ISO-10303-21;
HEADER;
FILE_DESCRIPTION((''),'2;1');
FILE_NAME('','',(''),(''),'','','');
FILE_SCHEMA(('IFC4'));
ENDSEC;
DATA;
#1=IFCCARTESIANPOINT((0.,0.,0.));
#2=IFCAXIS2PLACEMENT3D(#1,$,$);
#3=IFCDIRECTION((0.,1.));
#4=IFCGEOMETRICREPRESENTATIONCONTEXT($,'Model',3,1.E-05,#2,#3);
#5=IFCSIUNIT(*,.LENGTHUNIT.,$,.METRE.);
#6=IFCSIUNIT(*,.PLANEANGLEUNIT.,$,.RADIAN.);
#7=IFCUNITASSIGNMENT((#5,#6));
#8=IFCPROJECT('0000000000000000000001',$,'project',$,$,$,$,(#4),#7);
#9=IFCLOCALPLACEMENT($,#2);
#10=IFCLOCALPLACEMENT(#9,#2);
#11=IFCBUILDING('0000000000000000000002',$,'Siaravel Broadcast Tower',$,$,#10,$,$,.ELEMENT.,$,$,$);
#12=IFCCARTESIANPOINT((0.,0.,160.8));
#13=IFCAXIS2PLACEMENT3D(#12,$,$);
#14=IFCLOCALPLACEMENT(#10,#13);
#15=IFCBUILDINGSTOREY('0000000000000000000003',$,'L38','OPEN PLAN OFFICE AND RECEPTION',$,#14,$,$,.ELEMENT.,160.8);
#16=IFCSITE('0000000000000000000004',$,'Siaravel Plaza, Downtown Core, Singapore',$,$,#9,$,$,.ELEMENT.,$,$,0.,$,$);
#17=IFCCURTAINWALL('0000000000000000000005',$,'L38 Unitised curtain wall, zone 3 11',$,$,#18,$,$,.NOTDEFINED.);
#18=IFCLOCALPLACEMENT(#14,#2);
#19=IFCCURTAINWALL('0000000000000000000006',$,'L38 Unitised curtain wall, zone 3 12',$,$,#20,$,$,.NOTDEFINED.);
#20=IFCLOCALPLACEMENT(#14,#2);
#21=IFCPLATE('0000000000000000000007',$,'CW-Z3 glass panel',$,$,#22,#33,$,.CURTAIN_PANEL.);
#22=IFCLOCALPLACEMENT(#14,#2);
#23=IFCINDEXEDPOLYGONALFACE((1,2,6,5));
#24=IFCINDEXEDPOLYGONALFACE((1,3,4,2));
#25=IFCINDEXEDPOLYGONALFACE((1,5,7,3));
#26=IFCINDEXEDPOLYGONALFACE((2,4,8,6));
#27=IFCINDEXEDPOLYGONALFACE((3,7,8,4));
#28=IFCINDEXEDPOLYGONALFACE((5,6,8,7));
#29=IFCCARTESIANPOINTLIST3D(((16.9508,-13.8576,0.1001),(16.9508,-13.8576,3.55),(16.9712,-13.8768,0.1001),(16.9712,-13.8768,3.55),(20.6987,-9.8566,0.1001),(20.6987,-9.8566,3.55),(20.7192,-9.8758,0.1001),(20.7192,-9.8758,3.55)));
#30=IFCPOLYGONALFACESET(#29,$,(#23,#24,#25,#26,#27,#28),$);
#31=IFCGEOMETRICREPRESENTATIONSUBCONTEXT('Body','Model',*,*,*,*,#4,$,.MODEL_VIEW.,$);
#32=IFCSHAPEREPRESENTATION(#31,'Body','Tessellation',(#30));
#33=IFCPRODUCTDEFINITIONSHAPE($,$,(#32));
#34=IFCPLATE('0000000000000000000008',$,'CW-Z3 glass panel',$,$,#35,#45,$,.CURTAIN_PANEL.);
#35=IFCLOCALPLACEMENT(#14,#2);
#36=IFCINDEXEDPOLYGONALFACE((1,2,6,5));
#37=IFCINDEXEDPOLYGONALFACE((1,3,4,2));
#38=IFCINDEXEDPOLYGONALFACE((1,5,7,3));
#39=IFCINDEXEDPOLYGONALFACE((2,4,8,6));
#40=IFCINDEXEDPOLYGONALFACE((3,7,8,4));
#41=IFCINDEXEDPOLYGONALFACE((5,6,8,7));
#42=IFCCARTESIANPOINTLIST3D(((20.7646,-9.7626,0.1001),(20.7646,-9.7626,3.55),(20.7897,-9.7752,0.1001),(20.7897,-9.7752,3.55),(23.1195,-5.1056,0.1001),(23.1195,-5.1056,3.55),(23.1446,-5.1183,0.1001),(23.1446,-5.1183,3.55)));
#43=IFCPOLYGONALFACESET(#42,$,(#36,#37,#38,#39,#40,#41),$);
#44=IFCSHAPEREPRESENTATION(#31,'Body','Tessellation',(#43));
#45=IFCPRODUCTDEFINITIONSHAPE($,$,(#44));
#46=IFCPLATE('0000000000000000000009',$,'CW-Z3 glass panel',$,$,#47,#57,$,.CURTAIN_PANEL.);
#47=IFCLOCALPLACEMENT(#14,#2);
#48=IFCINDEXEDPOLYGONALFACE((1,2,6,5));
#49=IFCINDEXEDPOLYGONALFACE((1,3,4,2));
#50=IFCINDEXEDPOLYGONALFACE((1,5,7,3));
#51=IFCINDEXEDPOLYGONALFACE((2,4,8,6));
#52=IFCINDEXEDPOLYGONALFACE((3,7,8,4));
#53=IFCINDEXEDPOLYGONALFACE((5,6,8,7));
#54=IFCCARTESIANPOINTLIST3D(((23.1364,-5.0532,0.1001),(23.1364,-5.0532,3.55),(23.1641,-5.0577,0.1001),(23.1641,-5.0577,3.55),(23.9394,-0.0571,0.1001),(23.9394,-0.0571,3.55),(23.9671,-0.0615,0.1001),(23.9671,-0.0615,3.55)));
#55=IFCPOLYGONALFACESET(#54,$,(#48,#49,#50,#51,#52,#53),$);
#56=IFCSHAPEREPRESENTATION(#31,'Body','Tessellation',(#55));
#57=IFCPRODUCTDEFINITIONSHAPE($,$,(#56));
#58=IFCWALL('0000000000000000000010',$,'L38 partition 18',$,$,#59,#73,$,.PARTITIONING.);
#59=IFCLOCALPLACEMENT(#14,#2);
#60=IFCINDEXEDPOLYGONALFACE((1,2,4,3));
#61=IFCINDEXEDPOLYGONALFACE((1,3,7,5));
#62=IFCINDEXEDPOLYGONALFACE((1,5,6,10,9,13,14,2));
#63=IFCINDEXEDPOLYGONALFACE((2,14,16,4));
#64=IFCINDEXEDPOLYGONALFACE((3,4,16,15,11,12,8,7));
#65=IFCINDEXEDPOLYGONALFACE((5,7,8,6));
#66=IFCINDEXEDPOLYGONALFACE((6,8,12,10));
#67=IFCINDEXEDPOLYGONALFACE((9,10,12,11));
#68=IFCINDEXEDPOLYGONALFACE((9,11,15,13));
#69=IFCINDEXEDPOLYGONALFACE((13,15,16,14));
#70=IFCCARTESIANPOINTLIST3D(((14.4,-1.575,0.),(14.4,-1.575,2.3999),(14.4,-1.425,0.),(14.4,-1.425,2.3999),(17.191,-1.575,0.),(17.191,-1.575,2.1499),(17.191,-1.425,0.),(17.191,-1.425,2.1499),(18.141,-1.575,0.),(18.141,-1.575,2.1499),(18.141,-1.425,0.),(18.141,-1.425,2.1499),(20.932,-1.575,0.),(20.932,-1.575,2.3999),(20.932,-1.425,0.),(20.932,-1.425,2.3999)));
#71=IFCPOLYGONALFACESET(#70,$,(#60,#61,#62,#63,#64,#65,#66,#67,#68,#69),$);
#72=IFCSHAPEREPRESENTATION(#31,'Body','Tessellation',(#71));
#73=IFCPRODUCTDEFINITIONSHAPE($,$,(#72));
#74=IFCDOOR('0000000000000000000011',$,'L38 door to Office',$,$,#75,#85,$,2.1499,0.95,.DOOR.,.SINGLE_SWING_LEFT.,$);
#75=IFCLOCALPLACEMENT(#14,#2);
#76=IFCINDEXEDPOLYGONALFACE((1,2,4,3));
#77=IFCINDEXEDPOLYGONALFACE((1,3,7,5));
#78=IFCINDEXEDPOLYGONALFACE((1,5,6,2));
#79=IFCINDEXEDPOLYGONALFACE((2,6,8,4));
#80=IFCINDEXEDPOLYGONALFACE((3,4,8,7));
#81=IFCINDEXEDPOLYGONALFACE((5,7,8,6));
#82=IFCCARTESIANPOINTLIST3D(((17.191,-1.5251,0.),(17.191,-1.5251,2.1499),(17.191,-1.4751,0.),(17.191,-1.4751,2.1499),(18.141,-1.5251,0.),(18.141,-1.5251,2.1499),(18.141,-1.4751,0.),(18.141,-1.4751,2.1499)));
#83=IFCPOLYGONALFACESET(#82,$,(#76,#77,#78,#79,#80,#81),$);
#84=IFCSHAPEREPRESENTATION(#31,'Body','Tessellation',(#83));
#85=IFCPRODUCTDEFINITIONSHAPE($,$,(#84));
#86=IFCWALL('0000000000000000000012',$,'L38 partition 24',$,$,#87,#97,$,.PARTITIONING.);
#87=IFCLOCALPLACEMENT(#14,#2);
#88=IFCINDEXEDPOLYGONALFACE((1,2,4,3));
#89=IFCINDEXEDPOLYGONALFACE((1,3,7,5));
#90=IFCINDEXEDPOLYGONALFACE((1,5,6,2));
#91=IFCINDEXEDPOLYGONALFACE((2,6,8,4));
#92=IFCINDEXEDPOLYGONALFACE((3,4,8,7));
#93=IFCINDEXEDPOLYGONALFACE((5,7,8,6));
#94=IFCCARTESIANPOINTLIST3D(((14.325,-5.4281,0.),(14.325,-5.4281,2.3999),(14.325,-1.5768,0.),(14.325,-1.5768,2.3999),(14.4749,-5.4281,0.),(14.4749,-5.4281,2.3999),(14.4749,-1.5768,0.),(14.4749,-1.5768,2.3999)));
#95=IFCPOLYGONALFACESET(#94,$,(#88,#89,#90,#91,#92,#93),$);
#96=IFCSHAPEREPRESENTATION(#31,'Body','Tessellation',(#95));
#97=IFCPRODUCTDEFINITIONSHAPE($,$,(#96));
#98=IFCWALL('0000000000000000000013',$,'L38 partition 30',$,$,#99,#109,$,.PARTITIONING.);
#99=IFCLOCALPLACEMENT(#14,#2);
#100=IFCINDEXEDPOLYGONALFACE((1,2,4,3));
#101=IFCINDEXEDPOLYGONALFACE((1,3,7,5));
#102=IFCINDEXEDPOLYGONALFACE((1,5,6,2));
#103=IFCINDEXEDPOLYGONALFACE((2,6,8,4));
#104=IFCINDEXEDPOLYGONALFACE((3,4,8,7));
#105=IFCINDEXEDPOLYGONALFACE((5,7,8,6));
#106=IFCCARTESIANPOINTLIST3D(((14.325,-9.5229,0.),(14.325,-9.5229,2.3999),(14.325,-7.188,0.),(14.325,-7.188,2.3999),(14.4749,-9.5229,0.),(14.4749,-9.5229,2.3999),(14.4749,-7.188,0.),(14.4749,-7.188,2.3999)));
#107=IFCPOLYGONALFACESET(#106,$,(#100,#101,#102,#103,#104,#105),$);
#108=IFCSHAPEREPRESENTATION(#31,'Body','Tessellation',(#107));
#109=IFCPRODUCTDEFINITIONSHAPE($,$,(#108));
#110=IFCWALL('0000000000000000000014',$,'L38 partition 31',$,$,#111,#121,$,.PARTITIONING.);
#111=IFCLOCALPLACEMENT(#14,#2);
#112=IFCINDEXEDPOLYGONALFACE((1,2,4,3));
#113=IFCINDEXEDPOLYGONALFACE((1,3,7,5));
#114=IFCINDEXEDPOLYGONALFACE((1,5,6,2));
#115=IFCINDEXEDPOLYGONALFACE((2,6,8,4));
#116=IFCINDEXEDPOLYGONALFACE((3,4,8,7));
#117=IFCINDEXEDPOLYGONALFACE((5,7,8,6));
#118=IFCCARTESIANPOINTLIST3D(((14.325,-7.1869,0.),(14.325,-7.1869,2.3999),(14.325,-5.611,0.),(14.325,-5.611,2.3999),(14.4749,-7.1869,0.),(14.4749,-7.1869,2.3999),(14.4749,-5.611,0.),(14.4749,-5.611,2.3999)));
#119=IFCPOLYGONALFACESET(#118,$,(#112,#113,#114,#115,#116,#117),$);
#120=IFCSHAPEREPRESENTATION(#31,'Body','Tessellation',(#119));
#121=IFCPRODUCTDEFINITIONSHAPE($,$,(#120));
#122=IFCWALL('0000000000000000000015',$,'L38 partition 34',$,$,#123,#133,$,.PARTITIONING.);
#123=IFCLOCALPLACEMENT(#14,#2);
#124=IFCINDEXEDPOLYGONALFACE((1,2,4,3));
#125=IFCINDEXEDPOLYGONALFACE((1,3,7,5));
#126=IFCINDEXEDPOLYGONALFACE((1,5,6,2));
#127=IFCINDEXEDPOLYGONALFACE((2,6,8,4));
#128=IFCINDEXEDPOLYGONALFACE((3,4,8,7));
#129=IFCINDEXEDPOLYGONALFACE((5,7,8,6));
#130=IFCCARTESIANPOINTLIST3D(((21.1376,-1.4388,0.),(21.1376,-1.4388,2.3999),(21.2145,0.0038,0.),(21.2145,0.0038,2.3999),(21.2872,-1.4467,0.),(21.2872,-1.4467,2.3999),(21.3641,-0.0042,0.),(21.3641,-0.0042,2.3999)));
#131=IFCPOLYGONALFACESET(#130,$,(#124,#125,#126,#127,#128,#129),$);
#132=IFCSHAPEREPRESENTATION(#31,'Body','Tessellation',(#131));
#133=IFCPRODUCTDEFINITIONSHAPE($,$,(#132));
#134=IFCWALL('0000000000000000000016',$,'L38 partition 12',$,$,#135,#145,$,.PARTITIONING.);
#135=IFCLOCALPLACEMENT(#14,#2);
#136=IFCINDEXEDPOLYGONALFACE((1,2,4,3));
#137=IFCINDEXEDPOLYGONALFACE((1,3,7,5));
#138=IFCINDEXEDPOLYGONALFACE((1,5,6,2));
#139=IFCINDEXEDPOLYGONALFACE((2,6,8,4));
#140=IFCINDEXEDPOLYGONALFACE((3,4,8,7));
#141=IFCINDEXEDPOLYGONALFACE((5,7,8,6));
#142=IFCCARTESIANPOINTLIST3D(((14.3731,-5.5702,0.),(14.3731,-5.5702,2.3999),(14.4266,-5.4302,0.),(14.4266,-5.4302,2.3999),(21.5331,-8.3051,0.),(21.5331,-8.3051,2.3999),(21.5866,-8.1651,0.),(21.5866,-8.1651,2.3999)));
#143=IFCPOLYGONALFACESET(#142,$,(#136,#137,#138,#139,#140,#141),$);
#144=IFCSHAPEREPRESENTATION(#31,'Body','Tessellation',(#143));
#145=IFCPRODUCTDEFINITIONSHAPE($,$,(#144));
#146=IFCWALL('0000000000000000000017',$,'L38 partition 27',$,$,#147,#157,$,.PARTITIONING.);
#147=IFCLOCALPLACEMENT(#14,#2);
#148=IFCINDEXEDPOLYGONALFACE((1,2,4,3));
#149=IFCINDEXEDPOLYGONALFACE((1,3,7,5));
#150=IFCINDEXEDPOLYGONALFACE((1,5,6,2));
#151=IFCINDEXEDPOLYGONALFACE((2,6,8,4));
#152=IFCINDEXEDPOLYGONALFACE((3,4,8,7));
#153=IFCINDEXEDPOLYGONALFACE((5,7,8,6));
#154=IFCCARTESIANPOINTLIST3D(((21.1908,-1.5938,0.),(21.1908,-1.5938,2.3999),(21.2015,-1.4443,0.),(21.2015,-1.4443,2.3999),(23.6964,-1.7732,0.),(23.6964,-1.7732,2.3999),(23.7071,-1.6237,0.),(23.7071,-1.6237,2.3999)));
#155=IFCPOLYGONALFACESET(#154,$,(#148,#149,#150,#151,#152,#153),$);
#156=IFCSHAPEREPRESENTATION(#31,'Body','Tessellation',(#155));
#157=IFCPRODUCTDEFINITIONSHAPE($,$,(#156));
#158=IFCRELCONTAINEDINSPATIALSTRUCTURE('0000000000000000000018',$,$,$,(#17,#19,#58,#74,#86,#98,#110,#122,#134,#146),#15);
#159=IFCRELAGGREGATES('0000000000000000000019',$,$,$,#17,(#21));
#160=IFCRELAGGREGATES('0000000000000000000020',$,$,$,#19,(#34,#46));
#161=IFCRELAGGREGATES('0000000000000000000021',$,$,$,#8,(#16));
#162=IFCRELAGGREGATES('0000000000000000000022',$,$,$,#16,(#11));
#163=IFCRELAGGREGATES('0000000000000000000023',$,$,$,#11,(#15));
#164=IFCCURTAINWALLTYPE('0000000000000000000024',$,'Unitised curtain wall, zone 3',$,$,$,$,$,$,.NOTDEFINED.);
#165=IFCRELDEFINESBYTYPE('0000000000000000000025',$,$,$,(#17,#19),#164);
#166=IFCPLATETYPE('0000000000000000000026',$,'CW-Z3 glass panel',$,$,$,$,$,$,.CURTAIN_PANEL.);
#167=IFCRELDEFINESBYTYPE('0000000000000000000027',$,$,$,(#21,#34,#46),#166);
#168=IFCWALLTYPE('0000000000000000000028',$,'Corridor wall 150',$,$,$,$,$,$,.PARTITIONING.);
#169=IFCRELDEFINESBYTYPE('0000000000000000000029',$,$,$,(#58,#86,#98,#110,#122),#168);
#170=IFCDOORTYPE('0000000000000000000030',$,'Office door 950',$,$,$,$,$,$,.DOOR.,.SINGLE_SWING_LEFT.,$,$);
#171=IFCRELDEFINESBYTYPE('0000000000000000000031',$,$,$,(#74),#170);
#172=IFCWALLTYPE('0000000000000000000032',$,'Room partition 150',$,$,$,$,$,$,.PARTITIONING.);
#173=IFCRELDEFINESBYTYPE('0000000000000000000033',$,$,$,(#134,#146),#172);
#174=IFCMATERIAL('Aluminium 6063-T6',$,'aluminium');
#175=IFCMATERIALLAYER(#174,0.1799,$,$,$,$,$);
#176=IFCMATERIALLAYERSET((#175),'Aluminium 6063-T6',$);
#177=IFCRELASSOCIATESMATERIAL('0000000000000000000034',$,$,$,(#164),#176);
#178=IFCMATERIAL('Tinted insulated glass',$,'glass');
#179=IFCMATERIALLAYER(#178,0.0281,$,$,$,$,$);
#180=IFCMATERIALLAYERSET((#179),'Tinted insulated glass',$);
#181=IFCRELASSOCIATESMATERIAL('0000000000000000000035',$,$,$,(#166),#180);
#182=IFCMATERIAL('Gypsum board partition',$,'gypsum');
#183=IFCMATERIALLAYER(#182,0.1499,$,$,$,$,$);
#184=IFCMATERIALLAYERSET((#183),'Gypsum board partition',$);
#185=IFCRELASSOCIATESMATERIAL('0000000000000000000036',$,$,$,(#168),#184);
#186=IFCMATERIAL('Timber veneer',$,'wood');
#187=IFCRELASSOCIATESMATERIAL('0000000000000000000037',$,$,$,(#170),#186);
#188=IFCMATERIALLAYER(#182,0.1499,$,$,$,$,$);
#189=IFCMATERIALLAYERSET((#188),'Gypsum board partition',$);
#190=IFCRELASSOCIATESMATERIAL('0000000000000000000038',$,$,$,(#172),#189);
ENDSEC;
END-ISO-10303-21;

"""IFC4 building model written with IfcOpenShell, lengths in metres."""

from ifc_helpers import new_model, si_unit, direction, frame, frame_2d, origin, origin_2d, place, context, subcontext, project, spatial, rectangle, extrude, material, layer, layer_set, type_object, element, fill, aggregate, save


model = new_model("IFC4")

# Units and contexts
model_context = context("Model", 3, precision=1e-05, world=origin(), true_north=direction((0.0, 1.0)))
body_context = subcontext(model_context, "Body", "Model", "MODEL_VIEW")
ifc_project = project(units=[si_unit("LENGTHUNIT", "METRE"), si_unit("PLANEANGLEUNIT", "RADIAN")], contexts=[model_context])

# Site, building, storey
site_placement = place(None, origin())
site = spatial("IfcSite", under=ifc_project, at=site_placement, Name="Siaravel Plaza, Downtown Core, Singapore", CompositionType="ELEMENT", RefElevation=0.0)
building_placement = place(site_placement, origin())
building = spatial("IfcBuilding", under=site, at=building_placement, Name="Siaravel Broadcast Tower", CompositionType="ELEMENT")
storey_placement = place(building_placement, frame((0.0, 0.0, 160.8)))
storey = spatial("IfcBuildingStorey", under=building, at=storey_placement, Name="L38", Description="OPEN PLAN OFFICE AND RECEPTION", CompositionType="ELEMENT", Elevation=160.8)

# Curtain walls
ifc_material_1 = material(Name="Aluminium 6063-T6", Category="aluminium")
ifc_layer_1 = layer(ifc_material_1, 0.1799)
ifc_layer_set_1 = layer_set([ifc_layer_1], Name="Aluminium 6063-T6")
curtain_wall_type = type_object("IfcCurtainWallType", Name="Unitised curtain wall, zone 3", PredefinedType="NOTDEFINED", material=ifc_layer_set_1)
curtain_wall_1_placement = place(storey_placement, origin())
curtain_wall_1 = element("IfcCurtainWall", 1, at=curtain_wall_1_placement, inside=storey, type_object=curtain_wall_type, Name="L38 Unitised curtain wall, zone 3 11", PredefinedType="NOTDEFINED")
curtain_wall_2_placement = place(storey_placement, origin())
curtain_wall_2 = element("IfcCurtainWall", 2, at=curtain_wall_2_placement, inside=storey, type_object=curtain_wall_type, Name="L38 Unitised curtain wall, zone 3 12", PredefinedType="NOTDEFINED")

# Plates
ifc_material_2 = material(Name="Tinted insulated glass", Category="glass")
ifc_layer_2 = layer(ifc_material_2, 0.0281)
ifc_layer_set_2 = layer_set([ifc_layer_2], Name="Tinted insulated glass")
plate_type = type_object("IfcPlateType", Name="CW-Z3 glass panel", PredefinedType="CURTAIN_PANEL", material=ifc_layer_set_2)
plate_1_placement = place(storey_placement, frame((18.835, -11.8667, 0.1001), z_axis=(0.0, 0.0, 1.0), x_axis=(0.683654, 0.729806, 0.0)))
plate_1 = element("IfcPlate", 3, at=plate_1_placement, type_object=plate_type, Name="CW-Z3 glass panel", PredefinedType="CURTAIN_PANEL", context=body_context, shape_type="SweptSolid", body=[
    extrude(rectangle(XDim=5.4822, YDim=0.0281, at=origin_2d()), origin(), (0.0, 0.0, 1.0), 3.45),
])
aggregate(curtain_wall_1, [plate_1])
plate_2_placement = place(storey_placement, frame((21.9546, -7.4404, 0.1001), z_axis=(0.0, 0.0, 1.0), x_axis=(0.45126, 0.892393, 0.0)))
plate_2 = element("IfcPlate", 4, at=plate_2_placement, type_object=plate_type, Name="CW-Z3 glass panel", PredefinedType="CURTAIN_PANEL", context=body_context, shape_type="SweptSolid", body=[
    extrude(rectangle(XDim=5.2185, YDim=0.0281, at=origin_2d()), origin(), (0.0, 0.0, 1.0), 3.45),
])
plate_3_placement = place(storey_placement, frame((23.5518, -2.5574, 0.1001), z_axis=(0.0, 0.0, 1.0), x_axis=(0.158685, 0.987329, 0.0)))
plate_3 = element("IfcPlate", 5, at=plate_3_placement, type_object=plate_type, Name="CW-Z3 glass panel", PredefinedType="CURTAIN_PANEL", context=body_context, shape_type="SweptSolid", body=[
    extrude(rectangle(XDim=5.0603, YDim=0.0281, at=origin_2d()), origin(), (0.0, 0.0, 1.0), 3.45),
])
aggregate(curtain_wall_2, [plate_2, plate_3])

# Wall, opening, door
ifc_material_3 = material(Name="Gypsum board partition", Category="gypsum")
ifc_layer_3 = layer(ifc_material_3, 0.1499)
ifc_layer_set_3 = layer_set([ifc_layer_3], Name="Gypsum board partition")
wall_type_1 = type_object("IfcWallType", Name="Corridor wall 150", PredefinedType="PARTITIONING", material=ifc_layer_set_3)
wall_1_placement = place(storey_placement, frame((14.3999, -1.5, 0.0), z_axis=(0.0, 0.0, 1.0), x_axis=(1.0, 0.0, 0.0)))
wall_1 = element("IfcWall", 6, at=wall_1_placement, inside=storey, type_object=wall_type_1, Name="L38 partition 18", PredefinedType="PARTITIONING", context=body_context, shape_type="SweptSolid", body=[
    extrude(rectangle(XDim=6.532, YDim=0.1499, at=frame_2d((3.2661, 0.0))), origin(), (0.0, 0.0, 1.0), 2.3999),
])
opening_placement = place(wall_1_placement, frame((2.791, 0.0, 0.0)))
opening = element("IfcOpeningElement", 7, at=opening_placement, cuts=wall_1, PredefinedType="OPENING", context=body_context, shape_type="SweptSolid", body=[
    extrude(rectangle(XDim=0.95, YDim=2.1499, at=frame_2d((0.4751, 1.075))), frame((0.0, 0.085, 0.0), z_axis=(0.0, -1.0, 0.0), x_axis=(1.0, 0.0, 0.0)), (0.0, 0.0, 1.0), 0.1699),
])
ifc_material_4 = material(Name="Timber veneer", Category="wood")
door_type = type_object("IfcDoorType", Name="Office door 950", OperationType="SINGLE_SWING_LEFT", PredefinedType="DOOR", material=ifc_material_4)
door_placement = place(opening_placement, origin())
door = element("IfcDoor", 8, at=door_placement, inside=storey, type_object=door_type, Name="L38 door to Office", OperationType="SINGLE_SWING_LEFT", OverallHeight=2.1499, OverallWidth=0.95, PredefinedType="DOOR", context=body_context, shape_type="SweptSolid", body=[
    extrude(rectangle(XDim=0.95, YDim=2.1499, at=frame_2d((0.4751, 1.075))), frame((0.0, 0.0249, 0.0), z_axis=(0.0, -1.0, 0.0), x_axis=(1.0, 0.0, 0.0)), (0.0, 0.0, 1.0), 0.05),
])
fill(opening, door)

# Walls
wall_2_placement = place(storey_placement, frame((14.3999, -5.4282, 0.0), z_axis=(0.0, 0.0, 1.0), x_axis=(0.0, 1.0, 0.0)))
element("IfcWall", 9, at=wall_2_placement, inside=storey, type_object=wall_type_1, Name="L38 partition 24", PredefinedType="PARTITIONING", context=body_context, shape_type="SweptSolid", body=[
    extrude(rectangle(XDim=3.8513, YDim=0.1499, at=frame_2d((1.9258, 0.0))), origin(), (0.0, 0.0, 1.0), 2.3999),
])
wall_3_placement = place(storey_placement, frame((14.3999, -9.5229, 0.0), z_axis=(0.0, 0.0, 1.0), x_axis=(0.0, 1.0, 0.0)))
element("IfcWall", 10, at=wall_3_placement, inside=storey, type_object=wall_type_1, Name="L38 partition 30", PredefinedType="PARTITIONING", context=body_context, shape_type="SweptSolid", body=[
    extrude(rectangle(XDim=2.335, YDim=0.1499, at=frame_2d((1.1675, 0.0))), origin(), (0.0, 0.0, 1.0), 2.3999),
])
wall_4_placement = place(storey_placement, frame((14.3999, -7.187, 0.0), z_axis=(0.0, 0.0, 1.0), x_axis=(0.0, 1.0, 0.0)))
element("IfcWall", 11, at=wall_4_placement, inside=storey, type_object=wall_type_1, Name="L38 partition 31", PredefinedType="PARTITIONING", context=body_context, shape_type="SweptSolid", body=[
    extrude(rectangle(XDim=1.5759, YDim=0.1499, at=frame_2d((0.7881, 0.0))), origin(), (0.0, 0.0, 1.0), 2.3999),
])
wall_5_placement = place(storey_placement, frame((21.2124, -1.4426, 0.0), z_axis=(0.0, 0.0, 1.0), x_axis=(0.053233, 0.998582, 0.0)))
element("IfcWall", 12, at=wall_5_placement, inside=storey, type_object=wall_type_1, Name="L38 partition 34", PredefinedType="PARTITIONING", context=body_context, shape_type="SweptSolid", body=[
    extrude(rectangle(XDim=1.4446, YDim=0.1499, at=frame_2d((0.7222, 0.0))), origin(), (0.0, 0.0, 1.0), 2.3999),
])
ifc_layer_4 = layer(ifc_material_3, 0.1499)
ifc_layer_set_4 = layer_set([ifc_layer_4], Name="Gypsum board partition")
wall_type_2 = type_object("IfcWallType", Name="Room partition 150", PredefinedType="PARTITIONING", material=ifc_layer_set_4)
wall_6_placement = place(storey_placement, frame((21.5598, -8.2351, 0.0), z_axis=(0.0, 0.0, 1.0), x_axis=(-0.934171, 0.356824, 0.0)))
element("IfcWall", 13, at=wall_6_placement, inside=storey, type_object=wall_type_2, Name="L38 partition 12", PredefinedType="PARTITIONING", context=body_context, shape_type="SweptSolid", body=[
    extrude(rectangle(XDim=7.6646, YDim=0.1499, at=frame_2d((3.8323, 0.0))), origin(), (0.0, 0.0, 1.0), 2.3999),
])
wall_7_placement = place(storey_placement, frame((21.1963, -1.519, 0.0), z_axis=(0.0, 0.0, 1.0), x_axis=(0.997445, -0.071434, 0.0)))
element("IfcWall", 14, at=wall_7_placement, inside=storey, type_object=wall_type_2, Name="L38 partition 27", PredefinedType="PARTITIONING", context=body_context, shape_type="SweptSolid", body=[
    extrude(rectangle(XDim=2.512, YDim=0.1499, at=frame_2d((1.2559, 0.0))), origin(), (0.0, 0.0, 1.0), 2.3999),
])

save(model, "model.ifc")
